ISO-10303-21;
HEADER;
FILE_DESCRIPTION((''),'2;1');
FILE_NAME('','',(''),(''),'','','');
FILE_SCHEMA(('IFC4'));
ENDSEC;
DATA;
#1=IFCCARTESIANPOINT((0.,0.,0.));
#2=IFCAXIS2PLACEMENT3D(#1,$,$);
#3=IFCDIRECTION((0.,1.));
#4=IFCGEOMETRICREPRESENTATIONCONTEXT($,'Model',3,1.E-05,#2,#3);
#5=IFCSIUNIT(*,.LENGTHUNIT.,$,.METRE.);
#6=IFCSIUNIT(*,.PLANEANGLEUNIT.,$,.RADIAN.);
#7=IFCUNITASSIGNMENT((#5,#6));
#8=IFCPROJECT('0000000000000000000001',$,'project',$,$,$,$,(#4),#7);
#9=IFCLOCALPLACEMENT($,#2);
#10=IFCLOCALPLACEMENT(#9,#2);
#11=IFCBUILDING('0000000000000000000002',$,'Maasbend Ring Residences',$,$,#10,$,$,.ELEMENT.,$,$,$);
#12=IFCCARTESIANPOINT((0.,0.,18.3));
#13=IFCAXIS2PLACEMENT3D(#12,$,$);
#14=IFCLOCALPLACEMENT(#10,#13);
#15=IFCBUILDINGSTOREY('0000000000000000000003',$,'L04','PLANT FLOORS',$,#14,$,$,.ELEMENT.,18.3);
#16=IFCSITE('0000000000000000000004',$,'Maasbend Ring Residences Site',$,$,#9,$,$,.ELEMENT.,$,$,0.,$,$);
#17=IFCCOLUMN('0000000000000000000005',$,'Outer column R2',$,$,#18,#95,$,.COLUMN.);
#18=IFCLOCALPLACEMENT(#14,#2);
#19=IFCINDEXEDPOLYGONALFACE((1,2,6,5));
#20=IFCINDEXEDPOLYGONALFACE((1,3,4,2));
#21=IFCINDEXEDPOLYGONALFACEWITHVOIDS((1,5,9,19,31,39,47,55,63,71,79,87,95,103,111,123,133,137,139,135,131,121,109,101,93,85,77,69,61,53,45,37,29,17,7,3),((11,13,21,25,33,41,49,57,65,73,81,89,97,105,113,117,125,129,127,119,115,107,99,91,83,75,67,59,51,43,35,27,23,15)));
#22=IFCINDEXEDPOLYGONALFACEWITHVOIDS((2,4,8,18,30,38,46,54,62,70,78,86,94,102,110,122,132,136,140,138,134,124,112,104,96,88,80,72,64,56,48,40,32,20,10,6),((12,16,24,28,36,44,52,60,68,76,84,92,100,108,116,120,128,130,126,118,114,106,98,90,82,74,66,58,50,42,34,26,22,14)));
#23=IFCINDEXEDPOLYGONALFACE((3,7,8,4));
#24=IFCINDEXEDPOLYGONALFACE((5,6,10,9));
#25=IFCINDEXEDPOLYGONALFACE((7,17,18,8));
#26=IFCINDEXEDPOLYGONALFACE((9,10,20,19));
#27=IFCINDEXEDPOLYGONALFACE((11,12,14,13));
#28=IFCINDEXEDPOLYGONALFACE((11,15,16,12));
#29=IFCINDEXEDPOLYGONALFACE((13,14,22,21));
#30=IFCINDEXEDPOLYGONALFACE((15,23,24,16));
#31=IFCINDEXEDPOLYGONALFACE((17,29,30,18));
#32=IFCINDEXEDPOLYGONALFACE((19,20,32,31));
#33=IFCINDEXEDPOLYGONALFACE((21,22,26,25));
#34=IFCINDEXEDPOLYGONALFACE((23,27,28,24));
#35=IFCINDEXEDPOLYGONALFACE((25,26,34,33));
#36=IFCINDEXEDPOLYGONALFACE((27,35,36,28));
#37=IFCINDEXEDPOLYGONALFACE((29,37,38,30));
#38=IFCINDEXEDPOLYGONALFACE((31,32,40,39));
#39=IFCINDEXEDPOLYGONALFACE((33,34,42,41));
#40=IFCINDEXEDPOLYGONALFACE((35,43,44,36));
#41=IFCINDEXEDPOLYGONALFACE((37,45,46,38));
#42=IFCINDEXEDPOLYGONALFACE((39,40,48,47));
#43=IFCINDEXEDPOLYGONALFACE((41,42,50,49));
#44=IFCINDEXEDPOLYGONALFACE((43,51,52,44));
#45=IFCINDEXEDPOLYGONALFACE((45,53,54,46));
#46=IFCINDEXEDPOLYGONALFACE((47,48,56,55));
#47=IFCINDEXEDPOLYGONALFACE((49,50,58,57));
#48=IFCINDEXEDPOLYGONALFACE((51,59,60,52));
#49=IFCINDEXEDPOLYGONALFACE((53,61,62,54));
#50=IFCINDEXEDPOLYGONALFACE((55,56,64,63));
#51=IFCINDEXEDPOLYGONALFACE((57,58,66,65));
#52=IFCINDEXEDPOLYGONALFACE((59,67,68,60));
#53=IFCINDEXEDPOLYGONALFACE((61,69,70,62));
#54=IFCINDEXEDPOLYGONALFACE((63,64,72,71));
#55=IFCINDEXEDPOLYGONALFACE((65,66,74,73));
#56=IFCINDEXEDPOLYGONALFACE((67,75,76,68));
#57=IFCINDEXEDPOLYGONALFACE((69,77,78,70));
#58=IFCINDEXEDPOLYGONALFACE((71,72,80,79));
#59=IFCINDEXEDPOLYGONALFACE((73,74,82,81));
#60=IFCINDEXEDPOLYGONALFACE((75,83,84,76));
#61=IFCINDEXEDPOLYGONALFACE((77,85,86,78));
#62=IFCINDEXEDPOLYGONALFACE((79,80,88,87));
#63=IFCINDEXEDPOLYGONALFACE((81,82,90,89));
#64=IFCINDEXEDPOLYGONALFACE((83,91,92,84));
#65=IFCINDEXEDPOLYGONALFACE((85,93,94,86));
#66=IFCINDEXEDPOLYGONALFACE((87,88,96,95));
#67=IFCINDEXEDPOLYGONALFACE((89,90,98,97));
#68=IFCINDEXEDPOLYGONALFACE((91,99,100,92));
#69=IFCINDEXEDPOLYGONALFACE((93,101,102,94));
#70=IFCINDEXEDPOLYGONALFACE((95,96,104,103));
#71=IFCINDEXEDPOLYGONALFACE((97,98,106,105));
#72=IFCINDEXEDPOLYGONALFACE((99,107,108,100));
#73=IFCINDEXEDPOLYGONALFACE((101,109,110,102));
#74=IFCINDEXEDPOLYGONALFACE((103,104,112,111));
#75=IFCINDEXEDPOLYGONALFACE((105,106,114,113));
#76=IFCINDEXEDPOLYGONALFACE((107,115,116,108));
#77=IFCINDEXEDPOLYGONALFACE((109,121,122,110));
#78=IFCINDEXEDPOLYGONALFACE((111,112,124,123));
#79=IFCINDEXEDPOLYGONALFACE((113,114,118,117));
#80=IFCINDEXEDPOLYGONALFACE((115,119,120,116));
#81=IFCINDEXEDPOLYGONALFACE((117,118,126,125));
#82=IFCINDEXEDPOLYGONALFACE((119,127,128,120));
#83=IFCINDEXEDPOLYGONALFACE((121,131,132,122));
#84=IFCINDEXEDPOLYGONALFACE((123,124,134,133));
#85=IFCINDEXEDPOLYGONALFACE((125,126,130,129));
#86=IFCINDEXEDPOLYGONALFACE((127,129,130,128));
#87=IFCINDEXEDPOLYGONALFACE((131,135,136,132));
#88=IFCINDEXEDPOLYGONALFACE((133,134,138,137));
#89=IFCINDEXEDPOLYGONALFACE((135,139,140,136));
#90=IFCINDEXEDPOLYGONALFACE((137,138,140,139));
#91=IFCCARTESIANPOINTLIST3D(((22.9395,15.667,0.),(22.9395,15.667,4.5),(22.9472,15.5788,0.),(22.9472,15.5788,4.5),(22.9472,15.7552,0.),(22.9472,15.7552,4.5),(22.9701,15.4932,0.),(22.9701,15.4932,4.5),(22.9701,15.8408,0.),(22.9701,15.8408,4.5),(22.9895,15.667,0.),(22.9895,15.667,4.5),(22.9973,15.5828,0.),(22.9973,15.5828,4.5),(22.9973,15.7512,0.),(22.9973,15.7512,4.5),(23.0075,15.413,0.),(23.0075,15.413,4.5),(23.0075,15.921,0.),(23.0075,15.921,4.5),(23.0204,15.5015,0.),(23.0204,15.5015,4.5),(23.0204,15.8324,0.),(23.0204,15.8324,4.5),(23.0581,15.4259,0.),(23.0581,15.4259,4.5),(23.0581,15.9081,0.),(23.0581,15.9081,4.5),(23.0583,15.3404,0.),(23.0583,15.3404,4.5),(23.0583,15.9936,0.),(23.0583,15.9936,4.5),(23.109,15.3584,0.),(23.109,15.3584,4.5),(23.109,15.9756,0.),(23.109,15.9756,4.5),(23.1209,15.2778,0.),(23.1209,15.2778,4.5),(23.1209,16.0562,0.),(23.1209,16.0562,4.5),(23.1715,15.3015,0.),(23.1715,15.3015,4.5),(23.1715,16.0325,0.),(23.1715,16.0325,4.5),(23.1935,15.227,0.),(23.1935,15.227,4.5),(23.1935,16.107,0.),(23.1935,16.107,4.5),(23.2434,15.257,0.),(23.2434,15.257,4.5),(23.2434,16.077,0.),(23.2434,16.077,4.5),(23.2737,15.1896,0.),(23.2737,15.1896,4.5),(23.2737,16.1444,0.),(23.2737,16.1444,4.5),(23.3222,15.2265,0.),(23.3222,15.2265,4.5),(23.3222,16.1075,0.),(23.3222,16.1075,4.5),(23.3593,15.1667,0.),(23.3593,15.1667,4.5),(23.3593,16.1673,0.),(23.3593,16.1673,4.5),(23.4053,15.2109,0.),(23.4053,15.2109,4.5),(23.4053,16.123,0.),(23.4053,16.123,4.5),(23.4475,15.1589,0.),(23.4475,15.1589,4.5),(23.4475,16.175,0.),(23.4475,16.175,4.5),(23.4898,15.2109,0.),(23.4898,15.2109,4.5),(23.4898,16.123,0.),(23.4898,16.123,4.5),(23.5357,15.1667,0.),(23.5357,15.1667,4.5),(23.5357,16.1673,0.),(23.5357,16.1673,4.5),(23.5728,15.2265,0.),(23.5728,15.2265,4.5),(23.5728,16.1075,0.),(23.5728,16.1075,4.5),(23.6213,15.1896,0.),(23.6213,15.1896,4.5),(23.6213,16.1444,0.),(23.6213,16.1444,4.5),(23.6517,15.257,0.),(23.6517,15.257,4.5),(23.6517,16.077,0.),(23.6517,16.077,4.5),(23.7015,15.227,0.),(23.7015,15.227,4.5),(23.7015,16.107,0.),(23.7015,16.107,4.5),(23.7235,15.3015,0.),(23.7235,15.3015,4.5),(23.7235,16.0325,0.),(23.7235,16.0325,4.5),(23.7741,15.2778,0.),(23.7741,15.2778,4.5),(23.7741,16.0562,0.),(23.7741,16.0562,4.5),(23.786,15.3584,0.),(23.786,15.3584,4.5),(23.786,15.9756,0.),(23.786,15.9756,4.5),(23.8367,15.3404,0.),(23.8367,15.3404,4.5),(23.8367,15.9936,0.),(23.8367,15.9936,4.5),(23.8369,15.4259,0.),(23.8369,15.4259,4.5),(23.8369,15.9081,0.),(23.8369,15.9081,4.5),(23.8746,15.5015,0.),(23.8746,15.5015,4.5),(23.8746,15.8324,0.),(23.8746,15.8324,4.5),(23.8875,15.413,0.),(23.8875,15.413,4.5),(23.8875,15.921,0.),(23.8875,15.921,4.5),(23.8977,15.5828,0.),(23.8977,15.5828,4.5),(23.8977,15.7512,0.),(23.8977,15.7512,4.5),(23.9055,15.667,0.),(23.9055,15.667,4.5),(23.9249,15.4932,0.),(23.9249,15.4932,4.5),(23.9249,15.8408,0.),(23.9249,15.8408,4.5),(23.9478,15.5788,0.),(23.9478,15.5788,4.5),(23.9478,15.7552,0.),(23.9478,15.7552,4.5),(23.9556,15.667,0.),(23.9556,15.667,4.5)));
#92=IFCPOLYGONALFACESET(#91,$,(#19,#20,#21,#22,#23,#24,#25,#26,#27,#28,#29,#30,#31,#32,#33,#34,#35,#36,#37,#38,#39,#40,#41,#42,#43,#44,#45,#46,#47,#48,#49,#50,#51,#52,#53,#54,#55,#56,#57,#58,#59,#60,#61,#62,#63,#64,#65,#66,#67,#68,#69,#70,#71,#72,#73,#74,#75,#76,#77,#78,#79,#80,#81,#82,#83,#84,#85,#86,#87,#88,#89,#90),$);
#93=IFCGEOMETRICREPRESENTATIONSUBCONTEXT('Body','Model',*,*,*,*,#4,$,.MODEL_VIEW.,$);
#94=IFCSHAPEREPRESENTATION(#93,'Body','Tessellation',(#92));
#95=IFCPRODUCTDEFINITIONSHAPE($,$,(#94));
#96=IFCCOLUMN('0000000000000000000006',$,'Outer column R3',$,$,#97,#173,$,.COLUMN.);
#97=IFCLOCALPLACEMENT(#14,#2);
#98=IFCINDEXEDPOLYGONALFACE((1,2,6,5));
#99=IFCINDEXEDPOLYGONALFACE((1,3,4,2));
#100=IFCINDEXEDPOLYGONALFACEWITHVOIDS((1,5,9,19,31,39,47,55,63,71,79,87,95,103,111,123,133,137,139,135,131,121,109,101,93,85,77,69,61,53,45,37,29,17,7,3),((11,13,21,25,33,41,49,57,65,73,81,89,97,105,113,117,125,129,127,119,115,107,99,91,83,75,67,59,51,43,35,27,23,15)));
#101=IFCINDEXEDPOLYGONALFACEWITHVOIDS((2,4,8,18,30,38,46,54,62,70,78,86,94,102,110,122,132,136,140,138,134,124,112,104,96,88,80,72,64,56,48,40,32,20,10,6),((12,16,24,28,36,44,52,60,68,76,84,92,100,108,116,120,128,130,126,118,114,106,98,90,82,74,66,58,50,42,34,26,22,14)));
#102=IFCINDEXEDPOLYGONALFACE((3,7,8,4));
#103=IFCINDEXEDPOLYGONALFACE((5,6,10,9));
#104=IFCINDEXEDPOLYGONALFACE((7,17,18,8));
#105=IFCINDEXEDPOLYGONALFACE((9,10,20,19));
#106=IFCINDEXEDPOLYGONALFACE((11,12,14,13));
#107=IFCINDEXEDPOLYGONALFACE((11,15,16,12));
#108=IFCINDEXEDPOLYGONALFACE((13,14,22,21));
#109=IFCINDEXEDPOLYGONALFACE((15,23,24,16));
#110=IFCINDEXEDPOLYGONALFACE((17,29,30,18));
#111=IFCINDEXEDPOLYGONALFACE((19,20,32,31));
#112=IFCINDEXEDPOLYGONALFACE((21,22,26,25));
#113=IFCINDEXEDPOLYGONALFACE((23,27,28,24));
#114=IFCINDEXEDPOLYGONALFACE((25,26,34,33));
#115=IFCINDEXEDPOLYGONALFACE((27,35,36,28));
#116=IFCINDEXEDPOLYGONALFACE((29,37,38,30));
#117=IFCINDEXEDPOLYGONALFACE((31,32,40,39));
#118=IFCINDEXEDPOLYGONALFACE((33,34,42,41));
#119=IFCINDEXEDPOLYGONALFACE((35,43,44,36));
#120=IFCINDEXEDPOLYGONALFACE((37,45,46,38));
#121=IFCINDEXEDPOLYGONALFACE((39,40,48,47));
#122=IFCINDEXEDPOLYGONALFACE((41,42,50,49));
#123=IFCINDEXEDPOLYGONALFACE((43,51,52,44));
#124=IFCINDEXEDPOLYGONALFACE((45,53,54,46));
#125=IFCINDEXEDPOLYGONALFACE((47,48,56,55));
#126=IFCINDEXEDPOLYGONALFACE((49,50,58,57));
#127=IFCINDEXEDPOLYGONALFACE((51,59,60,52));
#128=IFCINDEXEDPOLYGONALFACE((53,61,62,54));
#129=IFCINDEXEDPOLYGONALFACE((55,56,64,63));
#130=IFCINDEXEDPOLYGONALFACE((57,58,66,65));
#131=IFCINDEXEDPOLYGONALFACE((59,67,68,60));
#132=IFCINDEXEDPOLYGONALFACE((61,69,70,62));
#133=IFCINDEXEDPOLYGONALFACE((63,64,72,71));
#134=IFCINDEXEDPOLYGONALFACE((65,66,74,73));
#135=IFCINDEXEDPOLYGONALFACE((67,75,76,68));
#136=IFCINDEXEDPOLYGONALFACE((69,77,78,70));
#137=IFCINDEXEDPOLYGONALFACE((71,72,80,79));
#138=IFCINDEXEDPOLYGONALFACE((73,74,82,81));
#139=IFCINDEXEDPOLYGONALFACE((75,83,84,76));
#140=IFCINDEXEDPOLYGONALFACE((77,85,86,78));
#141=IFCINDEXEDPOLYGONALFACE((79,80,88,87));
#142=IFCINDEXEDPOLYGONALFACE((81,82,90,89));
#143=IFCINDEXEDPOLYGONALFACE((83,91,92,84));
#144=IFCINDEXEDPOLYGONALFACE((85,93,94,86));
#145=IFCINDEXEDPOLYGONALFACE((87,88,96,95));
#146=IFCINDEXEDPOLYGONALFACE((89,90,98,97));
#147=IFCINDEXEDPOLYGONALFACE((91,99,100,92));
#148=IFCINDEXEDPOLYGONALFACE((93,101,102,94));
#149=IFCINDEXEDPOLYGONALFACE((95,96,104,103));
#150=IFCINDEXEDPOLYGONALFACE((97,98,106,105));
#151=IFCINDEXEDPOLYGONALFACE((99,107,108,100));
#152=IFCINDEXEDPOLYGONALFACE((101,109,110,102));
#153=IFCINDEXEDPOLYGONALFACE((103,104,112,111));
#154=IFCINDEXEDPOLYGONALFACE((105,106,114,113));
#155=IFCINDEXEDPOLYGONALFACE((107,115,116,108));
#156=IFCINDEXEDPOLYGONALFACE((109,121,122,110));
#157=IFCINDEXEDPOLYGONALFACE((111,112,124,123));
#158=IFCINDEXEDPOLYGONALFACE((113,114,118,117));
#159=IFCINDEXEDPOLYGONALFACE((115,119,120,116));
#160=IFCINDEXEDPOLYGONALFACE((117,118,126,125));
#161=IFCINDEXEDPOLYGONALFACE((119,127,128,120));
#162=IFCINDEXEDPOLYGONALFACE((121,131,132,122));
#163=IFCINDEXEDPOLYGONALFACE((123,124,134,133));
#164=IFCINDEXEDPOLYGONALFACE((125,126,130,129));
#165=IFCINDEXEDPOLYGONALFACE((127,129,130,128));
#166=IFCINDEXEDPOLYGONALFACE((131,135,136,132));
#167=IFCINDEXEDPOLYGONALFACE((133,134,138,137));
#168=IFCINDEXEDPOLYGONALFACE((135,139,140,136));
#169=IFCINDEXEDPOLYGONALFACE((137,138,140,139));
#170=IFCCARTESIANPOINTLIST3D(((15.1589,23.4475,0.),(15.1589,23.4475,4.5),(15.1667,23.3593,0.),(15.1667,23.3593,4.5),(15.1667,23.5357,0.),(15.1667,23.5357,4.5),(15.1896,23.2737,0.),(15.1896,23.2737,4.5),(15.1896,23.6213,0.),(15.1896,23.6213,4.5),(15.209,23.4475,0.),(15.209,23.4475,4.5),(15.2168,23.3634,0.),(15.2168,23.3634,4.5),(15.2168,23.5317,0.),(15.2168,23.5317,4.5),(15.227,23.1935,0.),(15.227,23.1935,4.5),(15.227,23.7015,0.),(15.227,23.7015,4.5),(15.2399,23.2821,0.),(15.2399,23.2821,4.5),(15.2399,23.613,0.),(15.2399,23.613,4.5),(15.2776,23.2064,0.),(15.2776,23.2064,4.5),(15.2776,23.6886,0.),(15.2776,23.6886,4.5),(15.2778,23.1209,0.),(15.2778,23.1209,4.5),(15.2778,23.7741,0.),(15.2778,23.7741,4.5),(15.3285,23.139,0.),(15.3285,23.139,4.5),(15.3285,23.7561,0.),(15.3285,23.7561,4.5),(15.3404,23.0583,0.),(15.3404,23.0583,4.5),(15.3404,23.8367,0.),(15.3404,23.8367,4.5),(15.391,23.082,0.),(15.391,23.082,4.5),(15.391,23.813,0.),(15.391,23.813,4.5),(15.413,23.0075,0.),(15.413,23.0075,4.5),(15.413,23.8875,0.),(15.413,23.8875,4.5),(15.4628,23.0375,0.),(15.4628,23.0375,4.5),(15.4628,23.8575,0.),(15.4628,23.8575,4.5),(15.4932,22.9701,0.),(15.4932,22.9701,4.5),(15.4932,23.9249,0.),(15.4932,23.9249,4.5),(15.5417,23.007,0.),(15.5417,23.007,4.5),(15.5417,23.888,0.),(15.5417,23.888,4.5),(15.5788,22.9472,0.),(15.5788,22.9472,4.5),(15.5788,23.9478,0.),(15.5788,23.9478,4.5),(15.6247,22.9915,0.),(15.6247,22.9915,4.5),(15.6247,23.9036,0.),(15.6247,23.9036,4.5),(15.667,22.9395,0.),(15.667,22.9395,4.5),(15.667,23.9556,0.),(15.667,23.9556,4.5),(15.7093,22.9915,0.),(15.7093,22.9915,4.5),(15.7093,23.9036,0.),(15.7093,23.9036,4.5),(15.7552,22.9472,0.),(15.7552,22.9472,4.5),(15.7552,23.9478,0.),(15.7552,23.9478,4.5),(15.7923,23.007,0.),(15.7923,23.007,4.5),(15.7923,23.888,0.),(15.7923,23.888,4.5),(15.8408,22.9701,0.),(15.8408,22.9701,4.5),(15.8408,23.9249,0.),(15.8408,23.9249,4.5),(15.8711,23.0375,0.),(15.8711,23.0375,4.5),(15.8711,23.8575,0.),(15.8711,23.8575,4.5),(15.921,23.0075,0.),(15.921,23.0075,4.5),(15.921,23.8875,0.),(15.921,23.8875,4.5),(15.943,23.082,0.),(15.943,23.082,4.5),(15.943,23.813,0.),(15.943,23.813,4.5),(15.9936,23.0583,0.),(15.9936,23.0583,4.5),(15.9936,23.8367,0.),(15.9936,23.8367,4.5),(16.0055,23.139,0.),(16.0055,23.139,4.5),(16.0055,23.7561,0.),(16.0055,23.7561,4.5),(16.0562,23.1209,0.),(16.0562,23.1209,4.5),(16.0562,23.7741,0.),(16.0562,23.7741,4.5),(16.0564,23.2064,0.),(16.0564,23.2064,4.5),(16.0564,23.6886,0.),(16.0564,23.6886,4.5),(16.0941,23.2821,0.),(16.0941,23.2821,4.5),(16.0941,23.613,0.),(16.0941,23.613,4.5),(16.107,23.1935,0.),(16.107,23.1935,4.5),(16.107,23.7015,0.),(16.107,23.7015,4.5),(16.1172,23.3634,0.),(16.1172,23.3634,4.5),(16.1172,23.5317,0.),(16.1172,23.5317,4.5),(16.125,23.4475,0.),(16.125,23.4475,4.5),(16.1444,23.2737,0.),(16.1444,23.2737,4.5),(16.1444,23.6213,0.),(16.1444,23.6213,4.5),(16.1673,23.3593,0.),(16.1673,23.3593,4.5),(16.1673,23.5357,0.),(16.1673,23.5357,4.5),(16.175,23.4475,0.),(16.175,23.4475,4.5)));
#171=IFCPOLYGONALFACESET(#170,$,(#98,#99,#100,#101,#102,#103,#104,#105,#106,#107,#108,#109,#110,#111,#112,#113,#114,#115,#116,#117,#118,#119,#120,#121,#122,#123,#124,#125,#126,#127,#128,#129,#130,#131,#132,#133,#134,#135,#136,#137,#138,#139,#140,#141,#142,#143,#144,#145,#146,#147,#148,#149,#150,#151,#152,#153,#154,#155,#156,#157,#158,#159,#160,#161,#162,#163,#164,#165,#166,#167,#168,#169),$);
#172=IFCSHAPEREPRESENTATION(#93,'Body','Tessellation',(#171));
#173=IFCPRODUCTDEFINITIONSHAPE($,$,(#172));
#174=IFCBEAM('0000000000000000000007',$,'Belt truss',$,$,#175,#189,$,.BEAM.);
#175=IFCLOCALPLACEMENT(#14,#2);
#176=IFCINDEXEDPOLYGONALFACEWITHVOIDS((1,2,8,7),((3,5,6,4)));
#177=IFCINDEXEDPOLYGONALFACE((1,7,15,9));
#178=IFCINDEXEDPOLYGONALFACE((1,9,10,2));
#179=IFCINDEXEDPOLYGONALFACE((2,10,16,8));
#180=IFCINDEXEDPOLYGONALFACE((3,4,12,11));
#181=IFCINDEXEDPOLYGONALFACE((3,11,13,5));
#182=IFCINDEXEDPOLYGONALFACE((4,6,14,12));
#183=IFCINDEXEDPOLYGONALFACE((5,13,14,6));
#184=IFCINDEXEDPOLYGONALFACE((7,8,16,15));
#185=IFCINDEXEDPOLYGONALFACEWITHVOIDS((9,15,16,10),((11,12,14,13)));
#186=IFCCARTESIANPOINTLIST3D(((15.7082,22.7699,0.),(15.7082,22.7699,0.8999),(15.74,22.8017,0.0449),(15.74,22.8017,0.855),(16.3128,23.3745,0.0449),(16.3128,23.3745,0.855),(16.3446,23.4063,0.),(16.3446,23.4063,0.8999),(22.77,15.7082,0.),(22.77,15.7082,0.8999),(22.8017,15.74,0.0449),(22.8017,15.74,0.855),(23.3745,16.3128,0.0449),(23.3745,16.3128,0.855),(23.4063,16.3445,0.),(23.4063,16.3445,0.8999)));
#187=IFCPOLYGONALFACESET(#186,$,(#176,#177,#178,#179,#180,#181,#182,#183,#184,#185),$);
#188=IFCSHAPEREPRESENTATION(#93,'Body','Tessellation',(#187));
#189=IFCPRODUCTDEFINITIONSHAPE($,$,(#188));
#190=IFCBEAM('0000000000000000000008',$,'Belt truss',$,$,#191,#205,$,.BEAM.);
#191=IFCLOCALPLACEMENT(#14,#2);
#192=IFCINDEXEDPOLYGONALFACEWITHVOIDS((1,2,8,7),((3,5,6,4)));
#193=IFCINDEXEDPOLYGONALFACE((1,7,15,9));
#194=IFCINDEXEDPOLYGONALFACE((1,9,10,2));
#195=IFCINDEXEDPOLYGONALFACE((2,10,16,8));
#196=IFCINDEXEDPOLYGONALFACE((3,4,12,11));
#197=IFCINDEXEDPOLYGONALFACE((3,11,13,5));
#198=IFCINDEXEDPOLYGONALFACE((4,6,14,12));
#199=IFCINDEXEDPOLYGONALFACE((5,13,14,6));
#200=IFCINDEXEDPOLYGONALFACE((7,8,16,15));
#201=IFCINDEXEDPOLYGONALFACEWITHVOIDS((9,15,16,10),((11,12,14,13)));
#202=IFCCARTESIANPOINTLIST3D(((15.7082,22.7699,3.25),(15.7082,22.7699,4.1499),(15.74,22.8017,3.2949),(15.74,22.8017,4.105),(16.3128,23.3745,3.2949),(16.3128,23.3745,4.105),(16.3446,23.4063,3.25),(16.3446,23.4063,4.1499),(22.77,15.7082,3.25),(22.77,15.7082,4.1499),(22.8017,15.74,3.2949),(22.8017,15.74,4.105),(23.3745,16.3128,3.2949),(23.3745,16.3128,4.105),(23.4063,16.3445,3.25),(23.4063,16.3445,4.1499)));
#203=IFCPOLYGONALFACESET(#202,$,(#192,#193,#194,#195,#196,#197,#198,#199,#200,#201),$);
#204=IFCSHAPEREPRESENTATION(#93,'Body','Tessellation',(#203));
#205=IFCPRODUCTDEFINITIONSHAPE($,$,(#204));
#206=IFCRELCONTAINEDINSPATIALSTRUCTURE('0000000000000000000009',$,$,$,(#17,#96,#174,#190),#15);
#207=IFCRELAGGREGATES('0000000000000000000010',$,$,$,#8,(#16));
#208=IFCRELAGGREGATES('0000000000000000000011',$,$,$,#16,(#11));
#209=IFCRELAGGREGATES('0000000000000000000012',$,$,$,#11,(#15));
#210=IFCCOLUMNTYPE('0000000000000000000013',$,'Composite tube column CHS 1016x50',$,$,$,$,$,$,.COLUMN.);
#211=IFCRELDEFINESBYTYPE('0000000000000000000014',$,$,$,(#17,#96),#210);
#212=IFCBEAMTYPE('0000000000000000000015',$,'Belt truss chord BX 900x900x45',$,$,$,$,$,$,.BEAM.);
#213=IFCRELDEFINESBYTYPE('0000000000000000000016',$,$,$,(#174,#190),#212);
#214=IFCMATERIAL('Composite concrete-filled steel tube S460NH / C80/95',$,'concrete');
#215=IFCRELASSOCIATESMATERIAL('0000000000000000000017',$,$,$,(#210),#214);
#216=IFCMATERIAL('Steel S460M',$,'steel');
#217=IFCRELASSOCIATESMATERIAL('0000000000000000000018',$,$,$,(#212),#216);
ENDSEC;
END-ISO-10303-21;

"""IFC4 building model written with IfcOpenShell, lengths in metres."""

from ifc_helpers import new_model, si_unit, direction, frame, origin, origin_2d, place, context, subcontext, project, spatial, hollow_rectangle, hollow_circle, extrude, material, material_profile, profile_set, type_object, element, save


model = new_model("IFC4")

# Units and contexts
model_context = context("Model", 3, precision=1e-05, world=origin(), true_north=direction((0.0, 1.0)))
body_context = subcontext(model_context, "Body", "Model", "MODEL_VIEW")
ifc_project = project(units=[si_unit("LENGTHUNIT", "METRE"), si_unit("PLANEANGLEUNIT", "RADIAN")], contexts=[model_context])

# Site, building, storey
site_placement = place(None, origin())
site = spatial("IfcSite", under=ifc_project, at=site_placement, Name="Maasbend Ring Residences Site", CompositionType="ELEMENT", RefElevation=0.0)
building_placement = place(site_placement, origin())
building = spatial("IfcBuilding", under=site, at=building_placement, Name="Maasbend Ring Residences", CompositionType="ELEMENT")
storey_placement = place(building_placement, frame((0.0, 0.0, 18.3)))
storey = spatial("IfcBuildingStorey", under=building, at=storey_placement, Name="L04", Description="PLANT FLOORS", CompositionType="ELEMENT", Elevation=18.3)

# Columns
ifc_material_1 = material(Name="Composite concrete-filled steel tube S460NH / C80/95", Category="concrete")
ifc_material_profile_1 = material_profile(ifc_material_1, hollow_circle(Radius=0.5081, WallThickness=0.05, at=origin_2d()), Name="Composite tube column CHS 1016x50")
ifc_profile_set_1 = profile_set([ifc_material_profile_1], Name="Composite concrete-filled steel tube S460NH / C80/95")
column_type = type_object("IfcColumnType", Name="Composite tube column CHS 1016x50", PredefinedType="COLUMN", material=ifc_profile_set_1)
for number, where, z_axis, x_axis, name in (
    (1, (23.4475, 15.667, 0.0), (0.0, 0.0, 1.0), (1.0, 0.0, 0.0), "Outer column R2"),
    (2, (15.667, 23.4475, 0.0), (0.0, 0.0, 1.0), (1.0, 0.0, 0.0), "Outer column R3"),
):
    element("IfcColumn", number, at=place(storey_placement, frame(where, z_axis=z_axis, x_axis=x_axis)), inside=storey, type_object=column_type, Name=name, PredefinedType="COLUMN", context=body_context, shape_type="SweptSolid", body=[
        extrude(hollow_circle(Radius=0.5081, WallThickness=0.05, at=origin_2d()), origin(), (0.0, 0.0, 1.0), 4.5),
    ])

# Beams
ifc_material_2 = material(Name="Steel S460M", Category="steel")
ifc_material_profile_2 = material_profile(ifc_material_2, hollow_rectangle(XDim=0.8999, YDim=0.8999, WallThickness=0.0449, at=origin_2d()), Name="Belt truss chord BX 900x900x45")
ifc_profile_set_2 = profile_set([ifc_material_profile_2], Name="Steel S460M")
beam_type_1 = type_object("IfcBeamType", Name="Belt truss chord BX 900x900x45", PredefinedType="BEAM", material=ifc_profile_set_2)
for number, where, z_axis, x_axis, name in (
    (3, (23.0881, 16.0264, 0.45), (-0.707107, 0.707107, 0.0), (-0.707107, -0.707107, 0.0), "Belt truss"),
    (4, (23.0881, 16.0264, 3.7), (-0.707107, 0.707107, 0.0), (-0.707107, -0.707107, 0.0), "Belt truss"),
):
    element("IfcBeam", number, at=place(storey_placement, frame(where, z_axis=z_axis, x_axis=x_axis)), inside=storey, type_object=beam_type_1, Name=name, PredefinedType="BEAM", context=body_context, shape_type="SweptSolid", body=[
        extrude(hollow_rectangle(XDim=0.8999, YDim=0.8999, WallThickness=0.0449, at=origin_2d()), origin(), (0.0, 0.0, 1.0), 9.9868),
    ])

save(model, "model.ifc")
